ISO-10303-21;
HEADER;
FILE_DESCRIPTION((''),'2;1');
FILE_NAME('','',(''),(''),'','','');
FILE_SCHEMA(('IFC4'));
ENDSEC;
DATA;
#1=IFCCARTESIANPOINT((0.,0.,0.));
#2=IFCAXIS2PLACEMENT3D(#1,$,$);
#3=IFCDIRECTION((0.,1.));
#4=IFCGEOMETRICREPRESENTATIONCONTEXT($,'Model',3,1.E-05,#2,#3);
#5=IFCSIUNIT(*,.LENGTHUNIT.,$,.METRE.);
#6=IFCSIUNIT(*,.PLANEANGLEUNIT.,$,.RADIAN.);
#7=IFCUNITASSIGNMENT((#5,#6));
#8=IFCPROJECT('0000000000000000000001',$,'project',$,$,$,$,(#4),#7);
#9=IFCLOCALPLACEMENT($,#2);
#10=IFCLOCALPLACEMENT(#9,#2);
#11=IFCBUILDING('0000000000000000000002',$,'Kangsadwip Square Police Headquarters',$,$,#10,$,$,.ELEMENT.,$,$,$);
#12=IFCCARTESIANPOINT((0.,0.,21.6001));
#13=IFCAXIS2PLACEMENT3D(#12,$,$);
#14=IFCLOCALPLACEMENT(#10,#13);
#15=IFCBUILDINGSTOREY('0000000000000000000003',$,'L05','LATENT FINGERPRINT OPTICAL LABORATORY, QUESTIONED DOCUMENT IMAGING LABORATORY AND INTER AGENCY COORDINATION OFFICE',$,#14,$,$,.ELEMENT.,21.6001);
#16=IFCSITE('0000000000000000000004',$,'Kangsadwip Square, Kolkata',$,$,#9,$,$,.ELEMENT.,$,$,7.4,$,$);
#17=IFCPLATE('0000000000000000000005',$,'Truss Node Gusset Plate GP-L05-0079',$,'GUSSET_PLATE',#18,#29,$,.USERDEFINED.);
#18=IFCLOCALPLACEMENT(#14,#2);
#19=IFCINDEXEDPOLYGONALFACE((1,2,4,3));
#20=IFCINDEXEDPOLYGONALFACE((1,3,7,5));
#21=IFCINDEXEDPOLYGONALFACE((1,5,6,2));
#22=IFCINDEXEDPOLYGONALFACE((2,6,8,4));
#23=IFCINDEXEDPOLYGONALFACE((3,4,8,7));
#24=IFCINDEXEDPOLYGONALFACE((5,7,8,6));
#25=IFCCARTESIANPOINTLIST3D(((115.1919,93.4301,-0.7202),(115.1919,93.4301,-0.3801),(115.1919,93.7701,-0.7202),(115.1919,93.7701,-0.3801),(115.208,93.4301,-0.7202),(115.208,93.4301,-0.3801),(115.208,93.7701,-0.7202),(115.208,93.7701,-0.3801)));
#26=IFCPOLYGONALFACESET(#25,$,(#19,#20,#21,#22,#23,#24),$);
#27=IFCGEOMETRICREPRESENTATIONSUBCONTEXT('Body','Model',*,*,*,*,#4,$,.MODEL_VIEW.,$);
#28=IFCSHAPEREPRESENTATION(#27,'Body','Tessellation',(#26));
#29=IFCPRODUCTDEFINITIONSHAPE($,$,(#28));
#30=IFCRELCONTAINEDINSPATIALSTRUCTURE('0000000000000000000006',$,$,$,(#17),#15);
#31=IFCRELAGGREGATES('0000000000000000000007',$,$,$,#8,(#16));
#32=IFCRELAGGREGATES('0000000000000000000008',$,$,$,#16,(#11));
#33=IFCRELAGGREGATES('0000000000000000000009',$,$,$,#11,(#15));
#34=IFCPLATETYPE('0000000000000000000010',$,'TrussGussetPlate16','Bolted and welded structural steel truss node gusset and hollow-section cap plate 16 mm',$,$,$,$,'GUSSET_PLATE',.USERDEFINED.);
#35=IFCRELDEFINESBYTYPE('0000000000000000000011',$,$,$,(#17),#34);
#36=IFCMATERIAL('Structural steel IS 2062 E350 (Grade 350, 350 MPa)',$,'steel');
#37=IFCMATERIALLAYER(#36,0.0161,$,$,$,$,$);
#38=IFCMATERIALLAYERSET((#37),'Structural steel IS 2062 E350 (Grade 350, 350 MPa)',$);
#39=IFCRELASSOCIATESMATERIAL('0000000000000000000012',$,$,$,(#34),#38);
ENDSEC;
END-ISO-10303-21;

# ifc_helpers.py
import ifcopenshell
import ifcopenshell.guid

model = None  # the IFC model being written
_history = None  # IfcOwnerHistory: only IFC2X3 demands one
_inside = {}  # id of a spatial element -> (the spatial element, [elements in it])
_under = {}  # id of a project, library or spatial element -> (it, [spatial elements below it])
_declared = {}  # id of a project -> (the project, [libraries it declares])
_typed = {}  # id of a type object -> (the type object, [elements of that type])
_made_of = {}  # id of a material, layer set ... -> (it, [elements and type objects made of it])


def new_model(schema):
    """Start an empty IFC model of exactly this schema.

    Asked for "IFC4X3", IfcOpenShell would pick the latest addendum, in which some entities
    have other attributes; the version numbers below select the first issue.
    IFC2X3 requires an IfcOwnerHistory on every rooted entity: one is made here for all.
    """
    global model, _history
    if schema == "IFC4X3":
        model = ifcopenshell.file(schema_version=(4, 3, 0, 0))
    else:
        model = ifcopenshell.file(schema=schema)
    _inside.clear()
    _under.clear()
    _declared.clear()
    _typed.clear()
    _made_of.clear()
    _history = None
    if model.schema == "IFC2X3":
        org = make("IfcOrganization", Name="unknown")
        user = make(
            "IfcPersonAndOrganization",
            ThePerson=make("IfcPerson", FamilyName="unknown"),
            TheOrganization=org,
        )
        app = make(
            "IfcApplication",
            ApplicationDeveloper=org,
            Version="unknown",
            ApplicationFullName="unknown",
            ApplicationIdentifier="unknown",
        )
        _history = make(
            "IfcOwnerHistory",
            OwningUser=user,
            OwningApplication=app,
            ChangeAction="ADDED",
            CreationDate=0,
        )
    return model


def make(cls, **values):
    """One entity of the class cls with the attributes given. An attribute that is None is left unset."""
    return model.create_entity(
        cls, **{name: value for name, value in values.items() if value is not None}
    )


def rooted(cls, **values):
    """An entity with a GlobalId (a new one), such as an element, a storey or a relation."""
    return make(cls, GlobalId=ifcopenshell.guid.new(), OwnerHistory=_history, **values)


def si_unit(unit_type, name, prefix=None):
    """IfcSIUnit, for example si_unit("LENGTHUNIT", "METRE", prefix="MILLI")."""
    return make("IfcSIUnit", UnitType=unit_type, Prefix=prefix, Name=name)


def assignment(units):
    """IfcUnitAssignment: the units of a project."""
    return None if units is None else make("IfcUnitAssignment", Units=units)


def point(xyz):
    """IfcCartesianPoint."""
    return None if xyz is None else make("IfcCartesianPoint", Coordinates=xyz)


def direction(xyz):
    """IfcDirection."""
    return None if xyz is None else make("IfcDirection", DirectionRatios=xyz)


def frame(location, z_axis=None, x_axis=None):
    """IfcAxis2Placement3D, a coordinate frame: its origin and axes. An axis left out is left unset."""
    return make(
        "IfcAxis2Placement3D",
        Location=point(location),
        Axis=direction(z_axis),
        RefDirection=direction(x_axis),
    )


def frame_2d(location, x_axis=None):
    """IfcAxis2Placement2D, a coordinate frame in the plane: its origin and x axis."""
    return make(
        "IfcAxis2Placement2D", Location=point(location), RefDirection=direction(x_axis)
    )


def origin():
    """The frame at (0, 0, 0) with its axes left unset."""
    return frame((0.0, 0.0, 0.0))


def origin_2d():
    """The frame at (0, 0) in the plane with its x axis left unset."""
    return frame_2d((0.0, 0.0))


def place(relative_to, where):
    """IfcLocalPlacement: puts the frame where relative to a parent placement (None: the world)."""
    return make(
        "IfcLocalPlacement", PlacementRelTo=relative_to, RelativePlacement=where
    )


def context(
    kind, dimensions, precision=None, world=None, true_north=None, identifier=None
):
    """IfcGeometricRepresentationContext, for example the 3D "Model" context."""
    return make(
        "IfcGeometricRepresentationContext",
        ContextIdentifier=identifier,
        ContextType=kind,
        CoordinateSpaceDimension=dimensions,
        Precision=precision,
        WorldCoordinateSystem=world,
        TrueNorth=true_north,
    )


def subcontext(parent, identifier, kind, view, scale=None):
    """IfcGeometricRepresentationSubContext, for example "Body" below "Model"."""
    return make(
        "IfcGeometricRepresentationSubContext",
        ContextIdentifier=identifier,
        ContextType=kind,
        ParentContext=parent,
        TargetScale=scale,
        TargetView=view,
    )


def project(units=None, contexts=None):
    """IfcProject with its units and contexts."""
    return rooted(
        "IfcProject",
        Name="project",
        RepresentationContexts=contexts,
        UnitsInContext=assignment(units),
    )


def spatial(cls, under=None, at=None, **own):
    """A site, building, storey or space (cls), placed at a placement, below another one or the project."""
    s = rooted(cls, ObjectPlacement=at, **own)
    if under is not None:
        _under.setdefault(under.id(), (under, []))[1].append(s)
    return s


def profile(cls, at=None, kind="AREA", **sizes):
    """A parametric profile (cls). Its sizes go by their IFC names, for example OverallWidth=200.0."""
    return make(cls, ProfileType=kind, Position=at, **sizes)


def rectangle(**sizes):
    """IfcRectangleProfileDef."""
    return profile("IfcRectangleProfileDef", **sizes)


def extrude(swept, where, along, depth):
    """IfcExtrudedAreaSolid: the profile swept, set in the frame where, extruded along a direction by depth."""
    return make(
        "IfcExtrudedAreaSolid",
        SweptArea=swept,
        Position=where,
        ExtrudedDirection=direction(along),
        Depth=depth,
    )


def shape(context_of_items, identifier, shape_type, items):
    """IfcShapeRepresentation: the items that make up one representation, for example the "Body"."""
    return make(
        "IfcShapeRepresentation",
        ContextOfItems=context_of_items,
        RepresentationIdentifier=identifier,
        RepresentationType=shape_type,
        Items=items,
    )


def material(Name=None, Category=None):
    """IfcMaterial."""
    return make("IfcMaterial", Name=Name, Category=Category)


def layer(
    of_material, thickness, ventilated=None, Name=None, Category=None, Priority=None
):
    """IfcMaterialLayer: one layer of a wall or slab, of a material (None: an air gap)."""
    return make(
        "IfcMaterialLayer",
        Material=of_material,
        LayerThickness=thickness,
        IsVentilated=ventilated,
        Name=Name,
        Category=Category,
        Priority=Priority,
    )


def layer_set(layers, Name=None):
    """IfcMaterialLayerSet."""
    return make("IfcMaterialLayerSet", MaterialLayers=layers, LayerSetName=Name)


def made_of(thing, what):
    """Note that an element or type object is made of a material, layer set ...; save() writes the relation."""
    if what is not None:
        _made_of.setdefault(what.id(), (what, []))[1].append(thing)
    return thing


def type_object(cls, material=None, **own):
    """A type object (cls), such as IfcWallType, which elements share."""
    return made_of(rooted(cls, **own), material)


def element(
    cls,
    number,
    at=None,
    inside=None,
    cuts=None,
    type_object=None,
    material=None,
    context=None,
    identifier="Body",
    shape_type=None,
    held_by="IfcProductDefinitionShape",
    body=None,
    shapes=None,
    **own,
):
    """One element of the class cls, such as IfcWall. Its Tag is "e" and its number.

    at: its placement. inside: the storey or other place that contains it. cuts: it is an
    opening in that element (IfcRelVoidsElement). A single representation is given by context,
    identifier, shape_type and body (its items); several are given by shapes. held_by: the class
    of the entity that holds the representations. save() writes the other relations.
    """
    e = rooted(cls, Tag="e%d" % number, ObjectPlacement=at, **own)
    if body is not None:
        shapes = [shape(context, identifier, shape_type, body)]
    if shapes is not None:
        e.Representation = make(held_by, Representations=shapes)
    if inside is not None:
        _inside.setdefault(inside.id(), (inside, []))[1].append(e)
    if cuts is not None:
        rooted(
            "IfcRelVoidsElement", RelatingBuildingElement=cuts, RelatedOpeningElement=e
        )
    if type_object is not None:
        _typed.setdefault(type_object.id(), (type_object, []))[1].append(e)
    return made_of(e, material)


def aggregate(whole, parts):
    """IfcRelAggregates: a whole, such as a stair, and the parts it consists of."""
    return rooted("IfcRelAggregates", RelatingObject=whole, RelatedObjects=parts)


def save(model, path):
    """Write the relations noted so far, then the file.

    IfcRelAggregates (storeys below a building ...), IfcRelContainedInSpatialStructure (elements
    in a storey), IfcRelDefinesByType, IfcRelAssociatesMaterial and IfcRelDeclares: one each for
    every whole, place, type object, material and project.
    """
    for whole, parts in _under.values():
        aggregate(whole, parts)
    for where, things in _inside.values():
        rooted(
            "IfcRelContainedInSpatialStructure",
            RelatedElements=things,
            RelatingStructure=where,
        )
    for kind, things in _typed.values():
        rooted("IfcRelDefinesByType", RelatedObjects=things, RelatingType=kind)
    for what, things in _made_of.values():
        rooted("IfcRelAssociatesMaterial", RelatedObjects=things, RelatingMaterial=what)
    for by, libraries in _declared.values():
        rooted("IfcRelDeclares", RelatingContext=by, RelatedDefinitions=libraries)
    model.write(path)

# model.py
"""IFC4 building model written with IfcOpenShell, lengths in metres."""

from ifc_helpers import new_model, si_unit, direction, frame, origin, origin_2d, place, context, subcontext, project, spatial, rectangle, extrude, material, layer, layer_set, type_object, element, save


model = new_model("IFC4")

# Units and contexts
model_context = context("Model", 3, precision=1e-05, world=origin(), true_north=direction((0.0, 1.0)))
body_context = subcontext(model_context, "Body", "Model", "MODEL_VIEW")
ifc_project = project(units=[si_unit("LENGTHUNIT", "METRE"), si_unit("PLANEANGLEUNIT", "RADIAN")], contexts=[model_context])

# Site, building, storey
site_placement = place(None, origin())
site = spatial("IfcSite", under=ifc_project, at=site_placement, Name="Kangsadwip Square, Kolkata", CompositionType="ELEMENT", RefElevation=7.4)
building_placement = place(site_placement, origin())
building = spatial("IfcBuilding", under=site, at=building_placement, Name="Kangsadwip Square Police Headquarters", CompositionType="ELEMENT")
storey_placement = place(building_placement, frame((0.0, 0.0, 21.6001)))
storey = spatial("IfcBuildingStorey", under=building, at=storey_placement, Name="L05", Description="LATENT FINGERPRINT OPTICAL LABORATORY, QUESTIONED DOCUMENT IMAGING LABORATORY AND INTER AGENCY COORDINATION OFFICE", CompositionType="ELEMENT", Elevation=21.6001)

# Plate
ifc_material_1 = material(Name="Structural steel IS 2062 E350 (Grade 350, 350 MPa)", Category="steel")
ifc_layer_1 = layer(ifc_material_1, 0.0161)
ifc_layer_set_1 = layer_set([ifc_layer_1], Name="Structural steel IS 2062 E350 (Grade 350, 350 MPa)")
plate_type_1 = type_object("IfcPlateType", Name="TrussGussetPlate16", Description="Bolted and welded structural steel truss node gusset and hollow-section cap plate 16 mm", ElementType="GUSSET_PLATE", PredefinedType="USERDEFINED", material=ifc_layer_set_1)
for number, where, z_axis, x_axis, name in (
    (1, (115.2, 93.6001, -0.7202), (0.0, 0.0, 1.0), (0.0, 1.0, 0.0), "Truss Node Gusset Plate GP-L05-0079"),
):
    element("IfcPlate", number, at=place(storey_placement, frame(where, z_axis=z_axis, x_axis=x_axis)), inside=storey, type_object=plate_type_1, Name=name, ObjectType="GUSSET_PLATE", PredefinedType="USERDEFINED", context=body_context, shape_type="SweptSolid", body=[
        extrude(rectangle(XDim=0.3401, YDim=0.0161, at=origin_2d()), origin(), (0.0, 0.0, 1.0), 0.3401),
    ])

save(model, "model.ifc")
